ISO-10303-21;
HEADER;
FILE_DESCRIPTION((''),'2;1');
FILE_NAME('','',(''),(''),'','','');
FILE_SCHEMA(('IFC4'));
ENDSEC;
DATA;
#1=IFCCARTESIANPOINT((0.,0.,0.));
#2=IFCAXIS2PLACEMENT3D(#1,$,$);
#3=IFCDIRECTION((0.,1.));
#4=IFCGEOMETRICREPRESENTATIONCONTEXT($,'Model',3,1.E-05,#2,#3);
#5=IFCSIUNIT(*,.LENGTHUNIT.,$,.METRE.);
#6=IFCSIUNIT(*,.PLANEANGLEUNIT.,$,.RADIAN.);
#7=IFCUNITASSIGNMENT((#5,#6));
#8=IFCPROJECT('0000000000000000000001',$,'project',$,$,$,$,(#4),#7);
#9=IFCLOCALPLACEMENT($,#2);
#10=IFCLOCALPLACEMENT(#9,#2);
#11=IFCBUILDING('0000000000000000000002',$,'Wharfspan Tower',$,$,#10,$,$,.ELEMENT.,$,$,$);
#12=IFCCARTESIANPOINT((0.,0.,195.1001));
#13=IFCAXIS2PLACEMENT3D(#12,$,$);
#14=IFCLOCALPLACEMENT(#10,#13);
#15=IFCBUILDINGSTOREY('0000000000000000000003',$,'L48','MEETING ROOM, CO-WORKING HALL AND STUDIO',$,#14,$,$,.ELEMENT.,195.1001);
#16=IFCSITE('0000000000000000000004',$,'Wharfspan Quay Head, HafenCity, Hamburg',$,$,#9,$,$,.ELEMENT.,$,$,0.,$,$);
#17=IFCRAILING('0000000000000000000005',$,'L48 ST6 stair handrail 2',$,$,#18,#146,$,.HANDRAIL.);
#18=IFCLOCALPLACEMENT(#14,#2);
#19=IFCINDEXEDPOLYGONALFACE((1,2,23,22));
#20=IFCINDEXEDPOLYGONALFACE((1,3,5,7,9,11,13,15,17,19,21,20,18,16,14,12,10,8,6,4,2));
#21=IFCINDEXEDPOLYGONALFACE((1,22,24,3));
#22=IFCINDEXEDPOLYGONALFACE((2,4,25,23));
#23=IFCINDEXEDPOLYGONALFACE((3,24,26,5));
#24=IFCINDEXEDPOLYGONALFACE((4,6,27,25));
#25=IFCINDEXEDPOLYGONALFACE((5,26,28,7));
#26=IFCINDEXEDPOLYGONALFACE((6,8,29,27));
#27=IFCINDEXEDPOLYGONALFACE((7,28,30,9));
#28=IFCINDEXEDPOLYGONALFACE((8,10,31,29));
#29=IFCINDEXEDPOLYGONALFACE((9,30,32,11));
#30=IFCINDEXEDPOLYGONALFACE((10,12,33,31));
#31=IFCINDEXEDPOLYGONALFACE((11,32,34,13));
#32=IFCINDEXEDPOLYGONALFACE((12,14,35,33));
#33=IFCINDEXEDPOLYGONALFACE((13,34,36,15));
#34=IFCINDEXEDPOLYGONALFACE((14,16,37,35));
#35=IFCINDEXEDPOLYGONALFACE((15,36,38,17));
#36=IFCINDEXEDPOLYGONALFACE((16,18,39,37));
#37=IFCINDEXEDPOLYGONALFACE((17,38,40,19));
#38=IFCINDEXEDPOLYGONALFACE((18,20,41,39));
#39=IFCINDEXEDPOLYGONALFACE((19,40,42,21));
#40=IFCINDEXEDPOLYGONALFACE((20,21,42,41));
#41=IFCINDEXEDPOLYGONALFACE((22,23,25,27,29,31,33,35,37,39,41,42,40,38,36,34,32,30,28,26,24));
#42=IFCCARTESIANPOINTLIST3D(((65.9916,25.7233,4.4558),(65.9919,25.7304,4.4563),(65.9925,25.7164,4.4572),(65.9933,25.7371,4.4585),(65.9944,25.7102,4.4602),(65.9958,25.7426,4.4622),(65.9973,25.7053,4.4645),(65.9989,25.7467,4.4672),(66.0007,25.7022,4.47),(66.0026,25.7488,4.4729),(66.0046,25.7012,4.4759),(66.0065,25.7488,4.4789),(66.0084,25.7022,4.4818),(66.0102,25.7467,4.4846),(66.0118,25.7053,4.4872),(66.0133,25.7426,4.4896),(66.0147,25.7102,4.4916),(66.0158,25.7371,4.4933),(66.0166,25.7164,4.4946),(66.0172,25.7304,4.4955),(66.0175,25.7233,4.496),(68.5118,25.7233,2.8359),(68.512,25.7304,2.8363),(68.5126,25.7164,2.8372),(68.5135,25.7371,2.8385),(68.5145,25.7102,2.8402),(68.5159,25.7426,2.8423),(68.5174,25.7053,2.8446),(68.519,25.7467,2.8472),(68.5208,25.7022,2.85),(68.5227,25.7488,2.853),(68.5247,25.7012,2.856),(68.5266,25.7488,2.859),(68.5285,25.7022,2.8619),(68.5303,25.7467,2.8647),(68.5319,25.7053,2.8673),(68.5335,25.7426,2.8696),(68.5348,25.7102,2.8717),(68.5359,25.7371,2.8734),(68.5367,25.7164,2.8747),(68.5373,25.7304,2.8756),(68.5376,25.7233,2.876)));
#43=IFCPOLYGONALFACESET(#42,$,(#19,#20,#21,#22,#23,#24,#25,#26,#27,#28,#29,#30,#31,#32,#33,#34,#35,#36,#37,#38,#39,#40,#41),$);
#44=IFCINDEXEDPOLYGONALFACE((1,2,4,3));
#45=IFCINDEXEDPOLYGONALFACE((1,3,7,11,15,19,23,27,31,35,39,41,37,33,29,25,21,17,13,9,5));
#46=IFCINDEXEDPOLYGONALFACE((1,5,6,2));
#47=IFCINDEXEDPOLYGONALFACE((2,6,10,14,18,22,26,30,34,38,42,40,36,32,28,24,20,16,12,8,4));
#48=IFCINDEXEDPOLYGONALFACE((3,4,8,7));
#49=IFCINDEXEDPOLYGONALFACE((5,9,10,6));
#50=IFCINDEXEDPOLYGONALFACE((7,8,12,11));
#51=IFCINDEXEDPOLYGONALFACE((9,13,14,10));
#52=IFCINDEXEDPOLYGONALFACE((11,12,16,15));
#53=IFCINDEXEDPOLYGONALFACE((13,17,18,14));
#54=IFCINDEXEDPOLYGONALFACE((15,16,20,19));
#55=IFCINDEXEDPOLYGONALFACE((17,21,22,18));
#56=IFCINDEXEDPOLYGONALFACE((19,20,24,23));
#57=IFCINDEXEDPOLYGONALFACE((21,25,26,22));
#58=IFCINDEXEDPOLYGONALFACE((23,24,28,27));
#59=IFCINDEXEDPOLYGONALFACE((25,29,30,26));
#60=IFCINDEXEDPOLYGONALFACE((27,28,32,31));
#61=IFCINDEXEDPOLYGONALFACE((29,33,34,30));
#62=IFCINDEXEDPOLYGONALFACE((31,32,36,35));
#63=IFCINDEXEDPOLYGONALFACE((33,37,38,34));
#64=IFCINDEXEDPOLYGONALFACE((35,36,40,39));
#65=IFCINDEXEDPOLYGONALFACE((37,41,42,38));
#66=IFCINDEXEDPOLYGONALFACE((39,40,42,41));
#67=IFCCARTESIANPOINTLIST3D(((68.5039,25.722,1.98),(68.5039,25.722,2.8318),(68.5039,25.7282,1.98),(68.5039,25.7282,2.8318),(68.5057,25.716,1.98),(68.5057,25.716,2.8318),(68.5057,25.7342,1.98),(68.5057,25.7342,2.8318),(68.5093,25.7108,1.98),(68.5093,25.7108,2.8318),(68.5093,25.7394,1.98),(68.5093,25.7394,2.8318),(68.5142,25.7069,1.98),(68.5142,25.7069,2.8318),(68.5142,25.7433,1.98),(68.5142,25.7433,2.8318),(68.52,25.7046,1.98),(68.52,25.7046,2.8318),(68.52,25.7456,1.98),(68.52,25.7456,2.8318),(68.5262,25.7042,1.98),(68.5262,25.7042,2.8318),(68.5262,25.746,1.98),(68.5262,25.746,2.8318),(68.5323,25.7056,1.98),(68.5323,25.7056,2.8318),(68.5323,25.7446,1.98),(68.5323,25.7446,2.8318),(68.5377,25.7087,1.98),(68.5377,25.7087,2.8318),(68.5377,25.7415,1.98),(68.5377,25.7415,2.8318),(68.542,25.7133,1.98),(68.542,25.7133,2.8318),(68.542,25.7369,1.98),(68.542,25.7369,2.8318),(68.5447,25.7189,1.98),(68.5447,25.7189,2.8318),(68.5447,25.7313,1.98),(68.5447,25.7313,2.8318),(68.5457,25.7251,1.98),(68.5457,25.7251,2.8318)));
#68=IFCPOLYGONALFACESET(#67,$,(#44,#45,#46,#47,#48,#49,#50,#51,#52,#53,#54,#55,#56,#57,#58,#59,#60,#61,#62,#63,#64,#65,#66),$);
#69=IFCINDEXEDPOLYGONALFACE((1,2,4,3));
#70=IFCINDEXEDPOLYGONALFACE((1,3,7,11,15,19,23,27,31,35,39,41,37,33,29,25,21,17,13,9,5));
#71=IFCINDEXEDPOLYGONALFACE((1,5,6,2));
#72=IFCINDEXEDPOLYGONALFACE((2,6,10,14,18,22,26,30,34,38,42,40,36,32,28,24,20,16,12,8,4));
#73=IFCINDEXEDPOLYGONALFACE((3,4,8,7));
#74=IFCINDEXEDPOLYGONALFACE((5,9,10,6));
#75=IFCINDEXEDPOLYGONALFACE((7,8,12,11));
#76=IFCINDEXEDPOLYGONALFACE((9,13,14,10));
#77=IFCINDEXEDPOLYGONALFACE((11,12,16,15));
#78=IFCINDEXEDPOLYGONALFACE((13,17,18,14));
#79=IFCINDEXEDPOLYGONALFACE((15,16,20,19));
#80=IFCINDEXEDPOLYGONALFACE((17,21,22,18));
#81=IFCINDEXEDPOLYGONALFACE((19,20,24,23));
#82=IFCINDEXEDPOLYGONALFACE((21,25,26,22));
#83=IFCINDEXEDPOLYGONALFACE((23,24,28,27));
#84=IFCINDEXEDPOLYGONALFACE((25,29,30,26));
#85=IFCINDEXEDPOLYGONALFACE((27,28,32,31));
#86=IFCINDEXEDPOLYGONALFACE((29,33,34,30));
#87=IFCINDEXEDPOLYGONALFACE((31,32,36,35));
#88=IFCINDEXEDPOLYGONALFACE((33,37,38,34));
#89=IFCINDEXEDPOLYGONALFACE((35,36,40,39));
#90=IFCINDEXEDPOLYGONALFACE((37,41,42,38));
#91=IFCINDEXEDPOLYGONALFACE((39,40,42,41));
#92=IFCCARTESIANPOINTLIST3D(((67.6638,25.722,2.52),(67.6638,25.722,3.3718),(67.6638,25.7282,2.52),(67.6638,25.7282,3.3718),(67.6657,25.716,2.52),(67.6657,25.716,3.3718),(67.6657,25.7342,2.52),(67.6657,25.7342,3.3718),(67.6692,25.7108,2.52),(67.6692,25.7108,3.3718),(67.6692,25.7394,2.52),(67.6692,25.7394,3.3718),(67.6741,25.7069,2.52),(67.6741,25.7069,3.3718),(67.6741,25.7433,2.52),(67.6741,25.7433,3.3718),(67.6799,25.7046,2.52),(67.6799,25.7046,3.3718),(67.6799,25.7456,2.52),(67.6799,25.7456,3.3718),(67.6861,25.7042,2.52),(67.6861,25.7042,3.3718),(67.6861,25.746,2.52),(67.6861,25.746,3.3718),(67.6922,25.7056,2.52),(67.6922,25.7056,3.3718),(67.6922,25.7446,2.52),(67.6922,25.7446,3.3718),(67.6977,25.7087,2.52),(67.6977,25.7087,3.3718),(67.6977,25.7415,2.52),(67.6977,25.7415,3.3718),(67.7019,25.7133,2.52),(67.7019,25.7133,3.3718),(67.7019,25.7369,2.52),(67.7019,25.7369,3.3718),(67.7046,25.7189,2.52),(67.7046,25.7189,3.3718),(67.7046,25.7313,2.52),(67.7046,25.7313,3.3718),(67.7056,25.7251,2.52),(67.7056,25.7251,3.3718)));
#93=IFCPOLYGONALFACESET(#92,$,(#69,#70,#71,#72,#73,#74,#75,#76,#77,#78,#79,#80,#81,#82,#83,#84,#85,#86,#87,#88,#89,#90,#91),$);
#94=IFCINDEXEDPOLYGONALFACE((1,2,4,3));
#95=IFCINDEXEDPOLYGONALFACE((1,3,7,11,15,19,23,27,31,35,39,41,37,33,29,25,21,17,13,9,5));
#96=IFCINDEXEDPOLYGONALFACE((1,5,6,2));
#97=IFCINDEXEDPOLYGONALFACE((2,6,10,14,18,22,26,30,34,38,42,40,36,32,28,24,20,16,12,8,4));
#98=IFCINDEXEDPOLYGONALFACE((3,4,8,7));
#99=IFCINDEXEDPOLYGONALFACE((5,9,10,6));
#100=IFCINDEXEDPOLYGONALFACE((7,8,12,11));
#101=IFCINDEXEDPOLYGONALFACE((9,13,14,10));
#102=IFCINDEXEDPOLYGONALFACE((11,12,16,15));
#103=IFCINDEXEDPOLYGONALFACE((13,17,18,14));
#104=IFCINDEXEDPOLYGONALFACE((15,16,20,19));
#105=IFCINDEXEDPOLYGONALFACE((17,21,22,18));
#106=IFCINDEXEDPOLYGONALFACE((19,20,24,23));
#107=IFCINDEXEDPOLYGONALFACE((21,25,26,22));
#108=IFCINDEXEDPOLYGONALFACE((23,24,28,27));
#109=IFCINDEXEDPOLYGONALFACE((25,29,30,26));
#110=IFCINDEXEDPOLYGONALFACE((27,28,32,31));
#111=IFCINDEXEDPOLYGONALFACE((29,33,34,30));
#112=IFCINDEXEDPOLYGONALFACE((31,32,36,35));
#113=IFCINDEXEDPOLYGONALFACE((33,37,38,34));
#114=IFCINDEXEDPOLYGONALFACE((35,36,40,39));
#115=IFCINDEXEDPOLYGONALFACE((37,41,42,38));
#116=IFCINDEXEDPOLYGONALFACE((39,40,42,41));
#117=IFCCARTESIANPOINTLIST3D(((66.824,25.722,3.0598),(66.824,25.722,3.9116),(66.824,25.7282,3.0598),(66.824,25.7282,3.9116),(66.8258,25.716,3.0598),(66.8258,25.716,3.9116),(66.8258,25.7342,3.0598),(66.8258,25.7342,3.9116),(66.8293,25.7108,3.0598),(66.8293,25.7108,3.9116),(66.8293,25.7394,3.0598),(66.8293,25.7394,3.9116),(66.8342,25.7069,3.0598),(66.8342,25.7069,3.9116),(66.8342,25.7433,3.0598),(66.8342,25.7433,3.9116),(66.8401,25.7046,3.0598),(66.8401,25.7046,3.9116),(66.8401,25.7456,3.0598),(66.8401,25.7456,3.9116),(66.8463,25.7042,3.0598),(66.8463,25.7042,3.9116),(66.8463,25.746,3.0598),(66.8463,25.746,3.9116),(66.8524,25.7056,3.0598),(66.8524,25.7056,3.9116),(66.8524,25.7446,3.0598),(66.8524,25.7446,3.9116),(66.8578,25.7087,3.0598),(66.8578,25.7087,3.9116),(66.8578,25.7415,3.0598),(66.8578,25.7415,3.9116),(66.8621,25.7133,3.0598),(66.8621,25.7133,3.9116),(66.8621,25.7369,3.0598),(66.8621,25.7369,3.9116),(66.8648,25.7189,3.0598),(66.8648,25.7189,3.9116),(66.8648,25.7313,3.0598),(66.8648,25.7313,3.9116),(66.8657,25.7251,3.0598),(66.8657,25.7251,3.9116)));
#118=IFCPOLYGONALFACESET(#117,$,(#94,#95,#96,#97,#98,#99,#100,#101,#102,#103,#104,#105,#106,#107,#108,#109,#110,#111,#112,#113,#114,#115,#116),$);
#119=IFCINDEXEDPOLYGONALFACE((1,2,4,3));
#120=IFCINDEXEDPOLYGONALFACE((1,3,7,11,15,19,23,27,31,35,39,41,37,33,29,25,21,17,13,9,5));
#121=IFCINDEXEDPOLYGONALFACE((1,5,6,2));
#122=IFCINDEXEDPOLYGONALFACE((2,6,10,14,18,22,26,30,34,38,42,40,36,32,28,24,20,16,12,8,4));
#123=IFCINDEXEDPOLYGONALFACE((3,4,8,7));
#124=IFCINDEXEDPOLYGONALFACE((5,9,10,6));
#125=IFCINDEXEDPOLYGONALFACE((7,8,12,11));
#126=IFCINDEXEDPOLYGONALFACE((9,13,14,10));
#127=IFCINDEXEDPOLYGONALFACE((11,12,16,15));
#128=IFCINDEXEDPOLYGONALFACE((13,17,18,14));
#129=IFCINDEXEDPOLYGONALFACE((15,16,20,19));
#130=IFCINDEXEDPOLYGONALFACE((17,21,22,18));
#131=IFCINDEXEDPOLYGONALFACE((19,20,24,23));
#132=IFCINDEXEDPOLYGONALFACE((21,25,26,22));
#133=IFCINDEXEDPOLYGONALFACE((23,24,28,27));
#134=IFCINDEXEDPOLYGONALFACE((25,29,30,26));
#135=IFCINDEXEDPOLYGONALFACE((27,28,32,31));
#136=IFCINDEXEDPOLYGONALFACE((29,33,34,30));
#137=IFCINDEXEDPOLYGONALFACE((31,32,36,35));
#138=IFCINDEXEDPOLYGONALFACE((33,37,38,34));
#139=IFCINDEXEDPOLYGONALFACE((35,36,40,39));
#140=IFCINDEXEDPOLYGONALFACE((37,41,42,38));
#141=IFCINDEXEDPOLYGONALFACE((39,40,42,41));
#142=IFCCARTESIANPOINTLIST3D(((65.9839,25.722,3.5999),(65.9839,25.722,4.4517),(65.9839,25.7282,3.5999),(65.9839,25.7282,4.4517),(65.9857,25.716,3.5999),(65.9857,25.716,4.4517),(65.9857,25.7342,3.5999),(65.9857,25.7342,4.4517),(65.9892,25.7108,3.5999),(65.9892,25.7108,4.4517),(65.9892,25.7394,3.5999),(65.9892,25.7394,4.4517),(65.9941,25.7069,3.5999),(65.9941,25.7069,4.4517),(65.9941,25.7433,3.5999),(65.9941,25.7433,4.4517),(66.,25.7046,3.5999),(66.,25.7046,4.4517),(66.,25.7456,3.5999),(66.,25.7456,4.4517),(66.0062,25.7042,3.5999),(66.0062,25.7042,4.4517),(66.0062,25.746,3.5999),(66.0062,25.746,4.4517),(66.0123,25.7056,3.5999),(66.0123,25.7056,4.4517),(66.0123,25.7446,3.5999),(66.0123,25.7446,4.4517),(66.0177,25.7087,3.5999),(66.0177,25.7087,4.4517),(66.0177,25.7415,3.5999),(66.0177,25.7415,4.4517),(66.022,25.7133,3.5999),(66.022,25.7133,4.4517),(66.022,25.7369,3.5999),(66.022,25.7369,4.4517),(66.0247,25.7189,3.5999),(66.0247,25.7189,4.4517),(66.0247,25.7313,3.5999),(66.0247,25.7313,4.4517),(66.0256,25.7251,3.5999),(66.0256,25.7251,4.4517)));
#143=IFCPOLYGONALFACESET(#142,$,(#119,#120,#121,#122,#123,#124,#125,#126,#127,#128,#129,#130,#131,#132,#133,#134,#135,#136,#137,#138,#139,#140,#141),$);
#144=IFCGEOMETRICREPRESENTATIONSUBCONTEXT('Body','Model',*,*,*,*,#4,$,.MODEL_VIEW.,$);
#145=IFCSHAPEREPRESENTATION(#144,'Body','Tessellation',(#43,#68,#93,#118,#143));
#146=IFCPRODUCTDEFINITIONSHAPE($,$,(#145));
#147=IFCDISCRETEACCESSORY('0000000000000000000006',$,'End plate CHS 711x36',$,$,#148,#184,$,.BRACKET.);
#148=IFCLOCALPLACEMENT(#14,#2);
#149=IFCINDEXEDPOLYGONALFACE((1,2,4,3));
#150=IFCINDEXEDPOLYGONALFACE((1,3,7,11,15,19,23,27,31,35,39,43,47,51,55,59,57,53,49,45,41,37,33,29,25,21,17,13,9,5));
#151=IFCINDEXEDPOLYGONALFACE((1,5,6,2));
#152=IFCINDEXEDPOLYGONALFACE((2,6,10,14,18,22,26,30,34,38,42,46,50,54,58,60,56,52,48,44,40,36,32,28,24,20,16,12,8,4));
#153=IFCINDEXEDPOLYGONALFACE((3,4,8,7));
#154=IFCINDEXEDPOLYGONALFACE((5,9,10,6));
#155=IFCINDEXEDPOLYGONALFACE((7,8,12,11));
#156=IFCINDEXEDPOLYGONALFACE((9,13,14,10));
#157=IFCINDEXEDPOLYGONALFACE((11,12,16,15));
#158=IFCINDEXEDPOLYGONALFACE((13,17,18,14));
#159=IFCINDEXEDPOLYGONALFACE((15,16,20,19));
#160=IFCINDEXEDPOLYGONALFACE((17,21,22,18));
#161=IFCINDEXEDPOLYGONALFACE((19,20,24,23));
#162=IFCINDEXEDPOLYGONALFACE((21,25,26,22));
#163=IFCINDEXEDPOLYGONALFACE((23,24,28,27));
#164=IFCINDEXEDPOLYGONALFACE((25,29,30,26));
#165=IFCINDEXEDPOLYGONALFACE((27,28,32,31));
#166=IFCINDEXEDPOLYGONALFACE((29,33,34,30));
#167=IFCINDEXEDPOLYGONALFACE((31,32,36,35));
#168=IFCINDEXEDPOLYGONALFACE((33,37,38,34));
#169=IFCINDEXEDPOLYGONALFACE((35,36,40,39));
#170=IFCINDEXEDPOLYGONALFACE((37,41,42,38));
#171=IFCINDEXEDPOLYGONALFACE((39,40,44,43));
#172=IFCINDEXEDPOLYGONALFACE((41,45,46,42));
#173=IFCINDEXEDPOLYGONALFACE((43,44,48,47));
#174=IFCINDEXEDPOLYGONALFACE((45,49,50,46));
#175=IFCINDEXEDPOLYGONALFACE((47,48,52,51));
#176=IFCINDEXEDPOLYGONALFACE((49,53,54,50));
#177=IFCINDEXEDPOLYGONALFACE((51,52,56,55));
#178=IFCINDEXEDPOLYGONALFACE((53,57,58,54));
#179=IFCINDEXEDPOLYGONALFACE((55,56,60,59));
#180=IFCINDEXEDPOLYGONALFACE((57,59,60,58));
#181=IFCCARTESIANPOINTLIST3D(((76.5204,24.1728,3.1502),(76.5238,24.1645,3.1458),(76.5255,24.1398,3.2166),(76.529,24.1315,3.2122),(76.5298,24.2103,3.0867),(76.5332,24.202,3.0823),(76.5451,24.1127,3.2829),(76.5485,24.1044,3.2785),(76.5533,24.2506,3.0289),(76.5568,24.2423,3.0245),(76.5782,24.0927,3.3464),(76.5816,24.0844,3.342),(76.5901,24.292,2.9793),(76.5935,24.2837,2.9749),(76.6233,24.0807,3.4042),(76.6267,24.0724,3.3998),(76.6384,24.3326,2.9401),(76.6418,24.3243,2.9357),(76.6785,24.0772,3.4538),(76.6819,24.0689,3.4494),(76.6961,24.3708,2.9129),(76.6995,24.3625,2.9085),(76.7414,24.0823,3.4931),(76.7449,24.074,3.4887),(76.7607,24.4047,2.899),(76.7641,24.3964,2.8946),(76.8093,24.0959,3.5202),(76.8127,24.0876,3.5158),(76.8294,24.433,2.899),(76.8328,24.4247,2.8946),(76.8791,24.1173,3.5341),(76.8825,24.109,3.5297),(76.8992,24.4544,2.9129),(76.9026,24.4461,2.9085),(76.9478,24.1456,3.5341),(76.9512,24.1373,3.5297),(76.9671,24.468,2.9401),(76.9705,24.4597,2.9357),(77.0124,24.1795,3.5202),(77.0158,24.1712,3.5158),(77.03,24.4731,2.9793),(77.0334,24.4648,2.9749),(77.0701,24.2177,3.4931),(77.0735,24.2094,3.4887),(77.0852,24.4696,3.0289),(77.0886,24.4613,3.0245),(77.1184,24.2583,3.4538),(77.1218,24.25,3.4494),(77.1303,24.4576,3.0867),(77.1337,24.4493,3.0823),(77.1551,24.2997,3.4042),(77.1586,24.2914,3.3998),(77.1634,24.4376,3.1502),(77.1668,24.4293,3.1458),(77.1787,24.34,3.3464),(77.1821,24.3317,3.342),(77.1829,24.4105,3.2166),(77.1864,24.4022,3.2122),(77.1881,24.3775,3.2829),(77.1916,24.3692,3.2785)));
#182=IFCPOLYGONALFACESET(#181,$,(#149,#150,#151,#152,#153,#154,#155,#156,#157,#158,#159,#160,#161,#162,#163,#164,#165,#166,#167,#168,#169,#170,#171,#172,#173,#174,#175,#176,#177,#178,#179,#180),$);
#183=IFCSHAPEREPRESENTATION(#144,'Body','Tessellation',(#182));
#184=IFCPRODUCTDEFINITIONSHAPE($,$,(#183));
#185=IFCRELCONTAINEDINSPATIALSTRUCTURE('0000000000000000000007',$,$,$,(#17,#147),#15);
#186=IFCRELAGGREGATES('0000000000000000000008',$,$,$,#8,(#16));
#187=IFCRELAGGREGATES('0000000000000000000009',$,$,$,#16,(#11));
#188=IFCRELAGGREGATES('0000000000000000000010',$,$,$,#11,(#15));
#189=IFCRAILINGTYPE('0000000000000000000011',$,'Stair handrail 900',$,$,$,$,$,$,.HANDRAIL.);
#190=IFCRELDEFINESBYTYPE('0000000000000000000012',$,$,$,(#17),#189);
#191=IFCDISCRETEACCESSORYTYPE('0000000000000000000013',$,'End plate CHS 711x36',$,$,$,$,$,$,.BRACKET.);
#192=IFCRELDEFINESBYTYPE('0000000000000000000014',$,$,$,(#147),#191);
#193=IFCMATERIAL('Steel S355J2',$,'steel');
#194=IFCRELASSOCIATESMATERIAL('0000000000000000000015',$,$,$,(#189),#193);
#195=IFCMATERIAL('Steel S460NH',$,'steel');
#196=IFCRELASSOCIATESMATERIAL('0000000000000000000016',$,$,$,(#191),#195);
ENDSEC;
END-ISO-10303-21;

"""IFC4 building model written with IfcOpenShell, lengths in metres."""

from ifc_helpers import new_model, si_unit, direction, frame, origin, origin_2d, place, context, subcontext, project, spatial, circle, extrude, material, material_profile, profile_set, type_object, element, save


model = new_model("IFC4")

# Units and contexts
model_context = context("Model", 3, precision=1e-05, world=origin(), true_north=direction((0.0, 1.0)))
body_context = subcontext(model_context, "Body", "Model", "MODEL_VIEW")
ifc_project = project(units=[si_unit("LENGTHUNIT", "METRE"), si_unit("PLANEANGLEUNIT", "RADIAN")], contexts=[model_context])

# Site, building, storey
site_placement = place(None, origin())
site = spatial("IfcSite", under=ifc_project, at=site_placement, Name="Wharfspan Quay Head, HafenCity, Hamburg", CompositionType="ELEMENT", RefElevation=0.0)
building_placement = place(site_placement, origin())
building = spatial("IfcBuilding", under=site, at=building_placement, Name="Wharfspan Tower", CompositionType="ELEMENT")
storey_placement = place(building_placement, frame((0.0, 0.0, 195.1001)))
storey = spatial("IfcBuildingStorey", under=building, at=storey_placement, Name="L48", Description="MEETING ROOM, CO-WORKING HALL AND STUDIO", CompositionType="ELEMENT", Elevation=195.1001)

# Shared definitions
ifc_material_1 = material(Name="Steel S460NH", Category="steel")

# Railing
ifc_material_2 = material(Name="Steel S355J2", Category="steel")
railing_type_1 = type_object("IfcRailingType", Name="Stair handrail 900", PredefinedType="HANDRAIL", material=ifc_material_2)
railing_1_placement = place(storey_placement, frame((68.5247, 25.7251, 1.98)))
element("IfcRailing", 1, at=railing_1_placement, inside=storey, type_object=railing_type_1, Name="L48 ST6 stair handrail 2", PredefinedType="HANDRAIL", context=body_context, shape_type="SweptSolid", body=[
    extrude(circle(Radius=0.0239, at=origin_2d()), frame((0.0, 0.0, 0.876), z_axis=(-0.8412, 0.0, 0.540725), x_axis=(0.0, -1.0, 0.0)), (0.0, 0.0, 1.0), 2.9958),
    extrude(circle(Radius=0.021, at=origin_2d()), origin(), (0.0, 0.0, 1.0), 0.8518),
    extrude(circle(Radius=0.021, at=origin_2d()), frame((-0.8401, 0.0, 0.54)), (0.0, 0.0, 1.0), 0.8518),
    extrude(circle(Radius=0.021, at=origin_2d()), frame((-1.6799, 0.0, 1.0798)), (0.0, 0.0, 1.0), 0.8518),
    extrude(circle(Radius=0.021, at=origin_2d()), frame((-2.52, 0.0, 1.6199)), (0.0, 0.0, 1.0), 0.8518),
])

# Discrete accessory
ifc_material_profile_1 = material_profile(ifc_material_1, circle(Radius=0.3555, at=origin_2d()))
ifc_profile_set_1 = profile_set([ifc_material_profile_1], Name="Steel S460NH")
discrete_accessory_type = type_object("IfcDiscreteAccessoryType", Name="End plate CHS 711x36", PredefinedType="BRACKET", material=ifc_profile_set_1)
for number, where, z_axis, x_axis, name in (
    (2, (76.8577, 24.2668, 3.2122), (-0.341972, 0.830504, 0.439679), (-0.924678, -0.380749, -0.000001), "End plate CHS 711x36"),
):
    element("IfcDiscreteAccessory", number, at=place(storey_placement, frame(where, z_axis=z_axis, x_axis=x_axis)), inside=storey, type_object=discrete_accessory_type, Name=name, PredefinedType="BRACKET", context=body_context, shape_type="SweptSolid", body=[
        extrude(circle(Radius=0.3555, at=origin_2d()), origin(), (0.0, 0.0, 1.0), 0.01),
    ])

save(model, "model.ifc")
